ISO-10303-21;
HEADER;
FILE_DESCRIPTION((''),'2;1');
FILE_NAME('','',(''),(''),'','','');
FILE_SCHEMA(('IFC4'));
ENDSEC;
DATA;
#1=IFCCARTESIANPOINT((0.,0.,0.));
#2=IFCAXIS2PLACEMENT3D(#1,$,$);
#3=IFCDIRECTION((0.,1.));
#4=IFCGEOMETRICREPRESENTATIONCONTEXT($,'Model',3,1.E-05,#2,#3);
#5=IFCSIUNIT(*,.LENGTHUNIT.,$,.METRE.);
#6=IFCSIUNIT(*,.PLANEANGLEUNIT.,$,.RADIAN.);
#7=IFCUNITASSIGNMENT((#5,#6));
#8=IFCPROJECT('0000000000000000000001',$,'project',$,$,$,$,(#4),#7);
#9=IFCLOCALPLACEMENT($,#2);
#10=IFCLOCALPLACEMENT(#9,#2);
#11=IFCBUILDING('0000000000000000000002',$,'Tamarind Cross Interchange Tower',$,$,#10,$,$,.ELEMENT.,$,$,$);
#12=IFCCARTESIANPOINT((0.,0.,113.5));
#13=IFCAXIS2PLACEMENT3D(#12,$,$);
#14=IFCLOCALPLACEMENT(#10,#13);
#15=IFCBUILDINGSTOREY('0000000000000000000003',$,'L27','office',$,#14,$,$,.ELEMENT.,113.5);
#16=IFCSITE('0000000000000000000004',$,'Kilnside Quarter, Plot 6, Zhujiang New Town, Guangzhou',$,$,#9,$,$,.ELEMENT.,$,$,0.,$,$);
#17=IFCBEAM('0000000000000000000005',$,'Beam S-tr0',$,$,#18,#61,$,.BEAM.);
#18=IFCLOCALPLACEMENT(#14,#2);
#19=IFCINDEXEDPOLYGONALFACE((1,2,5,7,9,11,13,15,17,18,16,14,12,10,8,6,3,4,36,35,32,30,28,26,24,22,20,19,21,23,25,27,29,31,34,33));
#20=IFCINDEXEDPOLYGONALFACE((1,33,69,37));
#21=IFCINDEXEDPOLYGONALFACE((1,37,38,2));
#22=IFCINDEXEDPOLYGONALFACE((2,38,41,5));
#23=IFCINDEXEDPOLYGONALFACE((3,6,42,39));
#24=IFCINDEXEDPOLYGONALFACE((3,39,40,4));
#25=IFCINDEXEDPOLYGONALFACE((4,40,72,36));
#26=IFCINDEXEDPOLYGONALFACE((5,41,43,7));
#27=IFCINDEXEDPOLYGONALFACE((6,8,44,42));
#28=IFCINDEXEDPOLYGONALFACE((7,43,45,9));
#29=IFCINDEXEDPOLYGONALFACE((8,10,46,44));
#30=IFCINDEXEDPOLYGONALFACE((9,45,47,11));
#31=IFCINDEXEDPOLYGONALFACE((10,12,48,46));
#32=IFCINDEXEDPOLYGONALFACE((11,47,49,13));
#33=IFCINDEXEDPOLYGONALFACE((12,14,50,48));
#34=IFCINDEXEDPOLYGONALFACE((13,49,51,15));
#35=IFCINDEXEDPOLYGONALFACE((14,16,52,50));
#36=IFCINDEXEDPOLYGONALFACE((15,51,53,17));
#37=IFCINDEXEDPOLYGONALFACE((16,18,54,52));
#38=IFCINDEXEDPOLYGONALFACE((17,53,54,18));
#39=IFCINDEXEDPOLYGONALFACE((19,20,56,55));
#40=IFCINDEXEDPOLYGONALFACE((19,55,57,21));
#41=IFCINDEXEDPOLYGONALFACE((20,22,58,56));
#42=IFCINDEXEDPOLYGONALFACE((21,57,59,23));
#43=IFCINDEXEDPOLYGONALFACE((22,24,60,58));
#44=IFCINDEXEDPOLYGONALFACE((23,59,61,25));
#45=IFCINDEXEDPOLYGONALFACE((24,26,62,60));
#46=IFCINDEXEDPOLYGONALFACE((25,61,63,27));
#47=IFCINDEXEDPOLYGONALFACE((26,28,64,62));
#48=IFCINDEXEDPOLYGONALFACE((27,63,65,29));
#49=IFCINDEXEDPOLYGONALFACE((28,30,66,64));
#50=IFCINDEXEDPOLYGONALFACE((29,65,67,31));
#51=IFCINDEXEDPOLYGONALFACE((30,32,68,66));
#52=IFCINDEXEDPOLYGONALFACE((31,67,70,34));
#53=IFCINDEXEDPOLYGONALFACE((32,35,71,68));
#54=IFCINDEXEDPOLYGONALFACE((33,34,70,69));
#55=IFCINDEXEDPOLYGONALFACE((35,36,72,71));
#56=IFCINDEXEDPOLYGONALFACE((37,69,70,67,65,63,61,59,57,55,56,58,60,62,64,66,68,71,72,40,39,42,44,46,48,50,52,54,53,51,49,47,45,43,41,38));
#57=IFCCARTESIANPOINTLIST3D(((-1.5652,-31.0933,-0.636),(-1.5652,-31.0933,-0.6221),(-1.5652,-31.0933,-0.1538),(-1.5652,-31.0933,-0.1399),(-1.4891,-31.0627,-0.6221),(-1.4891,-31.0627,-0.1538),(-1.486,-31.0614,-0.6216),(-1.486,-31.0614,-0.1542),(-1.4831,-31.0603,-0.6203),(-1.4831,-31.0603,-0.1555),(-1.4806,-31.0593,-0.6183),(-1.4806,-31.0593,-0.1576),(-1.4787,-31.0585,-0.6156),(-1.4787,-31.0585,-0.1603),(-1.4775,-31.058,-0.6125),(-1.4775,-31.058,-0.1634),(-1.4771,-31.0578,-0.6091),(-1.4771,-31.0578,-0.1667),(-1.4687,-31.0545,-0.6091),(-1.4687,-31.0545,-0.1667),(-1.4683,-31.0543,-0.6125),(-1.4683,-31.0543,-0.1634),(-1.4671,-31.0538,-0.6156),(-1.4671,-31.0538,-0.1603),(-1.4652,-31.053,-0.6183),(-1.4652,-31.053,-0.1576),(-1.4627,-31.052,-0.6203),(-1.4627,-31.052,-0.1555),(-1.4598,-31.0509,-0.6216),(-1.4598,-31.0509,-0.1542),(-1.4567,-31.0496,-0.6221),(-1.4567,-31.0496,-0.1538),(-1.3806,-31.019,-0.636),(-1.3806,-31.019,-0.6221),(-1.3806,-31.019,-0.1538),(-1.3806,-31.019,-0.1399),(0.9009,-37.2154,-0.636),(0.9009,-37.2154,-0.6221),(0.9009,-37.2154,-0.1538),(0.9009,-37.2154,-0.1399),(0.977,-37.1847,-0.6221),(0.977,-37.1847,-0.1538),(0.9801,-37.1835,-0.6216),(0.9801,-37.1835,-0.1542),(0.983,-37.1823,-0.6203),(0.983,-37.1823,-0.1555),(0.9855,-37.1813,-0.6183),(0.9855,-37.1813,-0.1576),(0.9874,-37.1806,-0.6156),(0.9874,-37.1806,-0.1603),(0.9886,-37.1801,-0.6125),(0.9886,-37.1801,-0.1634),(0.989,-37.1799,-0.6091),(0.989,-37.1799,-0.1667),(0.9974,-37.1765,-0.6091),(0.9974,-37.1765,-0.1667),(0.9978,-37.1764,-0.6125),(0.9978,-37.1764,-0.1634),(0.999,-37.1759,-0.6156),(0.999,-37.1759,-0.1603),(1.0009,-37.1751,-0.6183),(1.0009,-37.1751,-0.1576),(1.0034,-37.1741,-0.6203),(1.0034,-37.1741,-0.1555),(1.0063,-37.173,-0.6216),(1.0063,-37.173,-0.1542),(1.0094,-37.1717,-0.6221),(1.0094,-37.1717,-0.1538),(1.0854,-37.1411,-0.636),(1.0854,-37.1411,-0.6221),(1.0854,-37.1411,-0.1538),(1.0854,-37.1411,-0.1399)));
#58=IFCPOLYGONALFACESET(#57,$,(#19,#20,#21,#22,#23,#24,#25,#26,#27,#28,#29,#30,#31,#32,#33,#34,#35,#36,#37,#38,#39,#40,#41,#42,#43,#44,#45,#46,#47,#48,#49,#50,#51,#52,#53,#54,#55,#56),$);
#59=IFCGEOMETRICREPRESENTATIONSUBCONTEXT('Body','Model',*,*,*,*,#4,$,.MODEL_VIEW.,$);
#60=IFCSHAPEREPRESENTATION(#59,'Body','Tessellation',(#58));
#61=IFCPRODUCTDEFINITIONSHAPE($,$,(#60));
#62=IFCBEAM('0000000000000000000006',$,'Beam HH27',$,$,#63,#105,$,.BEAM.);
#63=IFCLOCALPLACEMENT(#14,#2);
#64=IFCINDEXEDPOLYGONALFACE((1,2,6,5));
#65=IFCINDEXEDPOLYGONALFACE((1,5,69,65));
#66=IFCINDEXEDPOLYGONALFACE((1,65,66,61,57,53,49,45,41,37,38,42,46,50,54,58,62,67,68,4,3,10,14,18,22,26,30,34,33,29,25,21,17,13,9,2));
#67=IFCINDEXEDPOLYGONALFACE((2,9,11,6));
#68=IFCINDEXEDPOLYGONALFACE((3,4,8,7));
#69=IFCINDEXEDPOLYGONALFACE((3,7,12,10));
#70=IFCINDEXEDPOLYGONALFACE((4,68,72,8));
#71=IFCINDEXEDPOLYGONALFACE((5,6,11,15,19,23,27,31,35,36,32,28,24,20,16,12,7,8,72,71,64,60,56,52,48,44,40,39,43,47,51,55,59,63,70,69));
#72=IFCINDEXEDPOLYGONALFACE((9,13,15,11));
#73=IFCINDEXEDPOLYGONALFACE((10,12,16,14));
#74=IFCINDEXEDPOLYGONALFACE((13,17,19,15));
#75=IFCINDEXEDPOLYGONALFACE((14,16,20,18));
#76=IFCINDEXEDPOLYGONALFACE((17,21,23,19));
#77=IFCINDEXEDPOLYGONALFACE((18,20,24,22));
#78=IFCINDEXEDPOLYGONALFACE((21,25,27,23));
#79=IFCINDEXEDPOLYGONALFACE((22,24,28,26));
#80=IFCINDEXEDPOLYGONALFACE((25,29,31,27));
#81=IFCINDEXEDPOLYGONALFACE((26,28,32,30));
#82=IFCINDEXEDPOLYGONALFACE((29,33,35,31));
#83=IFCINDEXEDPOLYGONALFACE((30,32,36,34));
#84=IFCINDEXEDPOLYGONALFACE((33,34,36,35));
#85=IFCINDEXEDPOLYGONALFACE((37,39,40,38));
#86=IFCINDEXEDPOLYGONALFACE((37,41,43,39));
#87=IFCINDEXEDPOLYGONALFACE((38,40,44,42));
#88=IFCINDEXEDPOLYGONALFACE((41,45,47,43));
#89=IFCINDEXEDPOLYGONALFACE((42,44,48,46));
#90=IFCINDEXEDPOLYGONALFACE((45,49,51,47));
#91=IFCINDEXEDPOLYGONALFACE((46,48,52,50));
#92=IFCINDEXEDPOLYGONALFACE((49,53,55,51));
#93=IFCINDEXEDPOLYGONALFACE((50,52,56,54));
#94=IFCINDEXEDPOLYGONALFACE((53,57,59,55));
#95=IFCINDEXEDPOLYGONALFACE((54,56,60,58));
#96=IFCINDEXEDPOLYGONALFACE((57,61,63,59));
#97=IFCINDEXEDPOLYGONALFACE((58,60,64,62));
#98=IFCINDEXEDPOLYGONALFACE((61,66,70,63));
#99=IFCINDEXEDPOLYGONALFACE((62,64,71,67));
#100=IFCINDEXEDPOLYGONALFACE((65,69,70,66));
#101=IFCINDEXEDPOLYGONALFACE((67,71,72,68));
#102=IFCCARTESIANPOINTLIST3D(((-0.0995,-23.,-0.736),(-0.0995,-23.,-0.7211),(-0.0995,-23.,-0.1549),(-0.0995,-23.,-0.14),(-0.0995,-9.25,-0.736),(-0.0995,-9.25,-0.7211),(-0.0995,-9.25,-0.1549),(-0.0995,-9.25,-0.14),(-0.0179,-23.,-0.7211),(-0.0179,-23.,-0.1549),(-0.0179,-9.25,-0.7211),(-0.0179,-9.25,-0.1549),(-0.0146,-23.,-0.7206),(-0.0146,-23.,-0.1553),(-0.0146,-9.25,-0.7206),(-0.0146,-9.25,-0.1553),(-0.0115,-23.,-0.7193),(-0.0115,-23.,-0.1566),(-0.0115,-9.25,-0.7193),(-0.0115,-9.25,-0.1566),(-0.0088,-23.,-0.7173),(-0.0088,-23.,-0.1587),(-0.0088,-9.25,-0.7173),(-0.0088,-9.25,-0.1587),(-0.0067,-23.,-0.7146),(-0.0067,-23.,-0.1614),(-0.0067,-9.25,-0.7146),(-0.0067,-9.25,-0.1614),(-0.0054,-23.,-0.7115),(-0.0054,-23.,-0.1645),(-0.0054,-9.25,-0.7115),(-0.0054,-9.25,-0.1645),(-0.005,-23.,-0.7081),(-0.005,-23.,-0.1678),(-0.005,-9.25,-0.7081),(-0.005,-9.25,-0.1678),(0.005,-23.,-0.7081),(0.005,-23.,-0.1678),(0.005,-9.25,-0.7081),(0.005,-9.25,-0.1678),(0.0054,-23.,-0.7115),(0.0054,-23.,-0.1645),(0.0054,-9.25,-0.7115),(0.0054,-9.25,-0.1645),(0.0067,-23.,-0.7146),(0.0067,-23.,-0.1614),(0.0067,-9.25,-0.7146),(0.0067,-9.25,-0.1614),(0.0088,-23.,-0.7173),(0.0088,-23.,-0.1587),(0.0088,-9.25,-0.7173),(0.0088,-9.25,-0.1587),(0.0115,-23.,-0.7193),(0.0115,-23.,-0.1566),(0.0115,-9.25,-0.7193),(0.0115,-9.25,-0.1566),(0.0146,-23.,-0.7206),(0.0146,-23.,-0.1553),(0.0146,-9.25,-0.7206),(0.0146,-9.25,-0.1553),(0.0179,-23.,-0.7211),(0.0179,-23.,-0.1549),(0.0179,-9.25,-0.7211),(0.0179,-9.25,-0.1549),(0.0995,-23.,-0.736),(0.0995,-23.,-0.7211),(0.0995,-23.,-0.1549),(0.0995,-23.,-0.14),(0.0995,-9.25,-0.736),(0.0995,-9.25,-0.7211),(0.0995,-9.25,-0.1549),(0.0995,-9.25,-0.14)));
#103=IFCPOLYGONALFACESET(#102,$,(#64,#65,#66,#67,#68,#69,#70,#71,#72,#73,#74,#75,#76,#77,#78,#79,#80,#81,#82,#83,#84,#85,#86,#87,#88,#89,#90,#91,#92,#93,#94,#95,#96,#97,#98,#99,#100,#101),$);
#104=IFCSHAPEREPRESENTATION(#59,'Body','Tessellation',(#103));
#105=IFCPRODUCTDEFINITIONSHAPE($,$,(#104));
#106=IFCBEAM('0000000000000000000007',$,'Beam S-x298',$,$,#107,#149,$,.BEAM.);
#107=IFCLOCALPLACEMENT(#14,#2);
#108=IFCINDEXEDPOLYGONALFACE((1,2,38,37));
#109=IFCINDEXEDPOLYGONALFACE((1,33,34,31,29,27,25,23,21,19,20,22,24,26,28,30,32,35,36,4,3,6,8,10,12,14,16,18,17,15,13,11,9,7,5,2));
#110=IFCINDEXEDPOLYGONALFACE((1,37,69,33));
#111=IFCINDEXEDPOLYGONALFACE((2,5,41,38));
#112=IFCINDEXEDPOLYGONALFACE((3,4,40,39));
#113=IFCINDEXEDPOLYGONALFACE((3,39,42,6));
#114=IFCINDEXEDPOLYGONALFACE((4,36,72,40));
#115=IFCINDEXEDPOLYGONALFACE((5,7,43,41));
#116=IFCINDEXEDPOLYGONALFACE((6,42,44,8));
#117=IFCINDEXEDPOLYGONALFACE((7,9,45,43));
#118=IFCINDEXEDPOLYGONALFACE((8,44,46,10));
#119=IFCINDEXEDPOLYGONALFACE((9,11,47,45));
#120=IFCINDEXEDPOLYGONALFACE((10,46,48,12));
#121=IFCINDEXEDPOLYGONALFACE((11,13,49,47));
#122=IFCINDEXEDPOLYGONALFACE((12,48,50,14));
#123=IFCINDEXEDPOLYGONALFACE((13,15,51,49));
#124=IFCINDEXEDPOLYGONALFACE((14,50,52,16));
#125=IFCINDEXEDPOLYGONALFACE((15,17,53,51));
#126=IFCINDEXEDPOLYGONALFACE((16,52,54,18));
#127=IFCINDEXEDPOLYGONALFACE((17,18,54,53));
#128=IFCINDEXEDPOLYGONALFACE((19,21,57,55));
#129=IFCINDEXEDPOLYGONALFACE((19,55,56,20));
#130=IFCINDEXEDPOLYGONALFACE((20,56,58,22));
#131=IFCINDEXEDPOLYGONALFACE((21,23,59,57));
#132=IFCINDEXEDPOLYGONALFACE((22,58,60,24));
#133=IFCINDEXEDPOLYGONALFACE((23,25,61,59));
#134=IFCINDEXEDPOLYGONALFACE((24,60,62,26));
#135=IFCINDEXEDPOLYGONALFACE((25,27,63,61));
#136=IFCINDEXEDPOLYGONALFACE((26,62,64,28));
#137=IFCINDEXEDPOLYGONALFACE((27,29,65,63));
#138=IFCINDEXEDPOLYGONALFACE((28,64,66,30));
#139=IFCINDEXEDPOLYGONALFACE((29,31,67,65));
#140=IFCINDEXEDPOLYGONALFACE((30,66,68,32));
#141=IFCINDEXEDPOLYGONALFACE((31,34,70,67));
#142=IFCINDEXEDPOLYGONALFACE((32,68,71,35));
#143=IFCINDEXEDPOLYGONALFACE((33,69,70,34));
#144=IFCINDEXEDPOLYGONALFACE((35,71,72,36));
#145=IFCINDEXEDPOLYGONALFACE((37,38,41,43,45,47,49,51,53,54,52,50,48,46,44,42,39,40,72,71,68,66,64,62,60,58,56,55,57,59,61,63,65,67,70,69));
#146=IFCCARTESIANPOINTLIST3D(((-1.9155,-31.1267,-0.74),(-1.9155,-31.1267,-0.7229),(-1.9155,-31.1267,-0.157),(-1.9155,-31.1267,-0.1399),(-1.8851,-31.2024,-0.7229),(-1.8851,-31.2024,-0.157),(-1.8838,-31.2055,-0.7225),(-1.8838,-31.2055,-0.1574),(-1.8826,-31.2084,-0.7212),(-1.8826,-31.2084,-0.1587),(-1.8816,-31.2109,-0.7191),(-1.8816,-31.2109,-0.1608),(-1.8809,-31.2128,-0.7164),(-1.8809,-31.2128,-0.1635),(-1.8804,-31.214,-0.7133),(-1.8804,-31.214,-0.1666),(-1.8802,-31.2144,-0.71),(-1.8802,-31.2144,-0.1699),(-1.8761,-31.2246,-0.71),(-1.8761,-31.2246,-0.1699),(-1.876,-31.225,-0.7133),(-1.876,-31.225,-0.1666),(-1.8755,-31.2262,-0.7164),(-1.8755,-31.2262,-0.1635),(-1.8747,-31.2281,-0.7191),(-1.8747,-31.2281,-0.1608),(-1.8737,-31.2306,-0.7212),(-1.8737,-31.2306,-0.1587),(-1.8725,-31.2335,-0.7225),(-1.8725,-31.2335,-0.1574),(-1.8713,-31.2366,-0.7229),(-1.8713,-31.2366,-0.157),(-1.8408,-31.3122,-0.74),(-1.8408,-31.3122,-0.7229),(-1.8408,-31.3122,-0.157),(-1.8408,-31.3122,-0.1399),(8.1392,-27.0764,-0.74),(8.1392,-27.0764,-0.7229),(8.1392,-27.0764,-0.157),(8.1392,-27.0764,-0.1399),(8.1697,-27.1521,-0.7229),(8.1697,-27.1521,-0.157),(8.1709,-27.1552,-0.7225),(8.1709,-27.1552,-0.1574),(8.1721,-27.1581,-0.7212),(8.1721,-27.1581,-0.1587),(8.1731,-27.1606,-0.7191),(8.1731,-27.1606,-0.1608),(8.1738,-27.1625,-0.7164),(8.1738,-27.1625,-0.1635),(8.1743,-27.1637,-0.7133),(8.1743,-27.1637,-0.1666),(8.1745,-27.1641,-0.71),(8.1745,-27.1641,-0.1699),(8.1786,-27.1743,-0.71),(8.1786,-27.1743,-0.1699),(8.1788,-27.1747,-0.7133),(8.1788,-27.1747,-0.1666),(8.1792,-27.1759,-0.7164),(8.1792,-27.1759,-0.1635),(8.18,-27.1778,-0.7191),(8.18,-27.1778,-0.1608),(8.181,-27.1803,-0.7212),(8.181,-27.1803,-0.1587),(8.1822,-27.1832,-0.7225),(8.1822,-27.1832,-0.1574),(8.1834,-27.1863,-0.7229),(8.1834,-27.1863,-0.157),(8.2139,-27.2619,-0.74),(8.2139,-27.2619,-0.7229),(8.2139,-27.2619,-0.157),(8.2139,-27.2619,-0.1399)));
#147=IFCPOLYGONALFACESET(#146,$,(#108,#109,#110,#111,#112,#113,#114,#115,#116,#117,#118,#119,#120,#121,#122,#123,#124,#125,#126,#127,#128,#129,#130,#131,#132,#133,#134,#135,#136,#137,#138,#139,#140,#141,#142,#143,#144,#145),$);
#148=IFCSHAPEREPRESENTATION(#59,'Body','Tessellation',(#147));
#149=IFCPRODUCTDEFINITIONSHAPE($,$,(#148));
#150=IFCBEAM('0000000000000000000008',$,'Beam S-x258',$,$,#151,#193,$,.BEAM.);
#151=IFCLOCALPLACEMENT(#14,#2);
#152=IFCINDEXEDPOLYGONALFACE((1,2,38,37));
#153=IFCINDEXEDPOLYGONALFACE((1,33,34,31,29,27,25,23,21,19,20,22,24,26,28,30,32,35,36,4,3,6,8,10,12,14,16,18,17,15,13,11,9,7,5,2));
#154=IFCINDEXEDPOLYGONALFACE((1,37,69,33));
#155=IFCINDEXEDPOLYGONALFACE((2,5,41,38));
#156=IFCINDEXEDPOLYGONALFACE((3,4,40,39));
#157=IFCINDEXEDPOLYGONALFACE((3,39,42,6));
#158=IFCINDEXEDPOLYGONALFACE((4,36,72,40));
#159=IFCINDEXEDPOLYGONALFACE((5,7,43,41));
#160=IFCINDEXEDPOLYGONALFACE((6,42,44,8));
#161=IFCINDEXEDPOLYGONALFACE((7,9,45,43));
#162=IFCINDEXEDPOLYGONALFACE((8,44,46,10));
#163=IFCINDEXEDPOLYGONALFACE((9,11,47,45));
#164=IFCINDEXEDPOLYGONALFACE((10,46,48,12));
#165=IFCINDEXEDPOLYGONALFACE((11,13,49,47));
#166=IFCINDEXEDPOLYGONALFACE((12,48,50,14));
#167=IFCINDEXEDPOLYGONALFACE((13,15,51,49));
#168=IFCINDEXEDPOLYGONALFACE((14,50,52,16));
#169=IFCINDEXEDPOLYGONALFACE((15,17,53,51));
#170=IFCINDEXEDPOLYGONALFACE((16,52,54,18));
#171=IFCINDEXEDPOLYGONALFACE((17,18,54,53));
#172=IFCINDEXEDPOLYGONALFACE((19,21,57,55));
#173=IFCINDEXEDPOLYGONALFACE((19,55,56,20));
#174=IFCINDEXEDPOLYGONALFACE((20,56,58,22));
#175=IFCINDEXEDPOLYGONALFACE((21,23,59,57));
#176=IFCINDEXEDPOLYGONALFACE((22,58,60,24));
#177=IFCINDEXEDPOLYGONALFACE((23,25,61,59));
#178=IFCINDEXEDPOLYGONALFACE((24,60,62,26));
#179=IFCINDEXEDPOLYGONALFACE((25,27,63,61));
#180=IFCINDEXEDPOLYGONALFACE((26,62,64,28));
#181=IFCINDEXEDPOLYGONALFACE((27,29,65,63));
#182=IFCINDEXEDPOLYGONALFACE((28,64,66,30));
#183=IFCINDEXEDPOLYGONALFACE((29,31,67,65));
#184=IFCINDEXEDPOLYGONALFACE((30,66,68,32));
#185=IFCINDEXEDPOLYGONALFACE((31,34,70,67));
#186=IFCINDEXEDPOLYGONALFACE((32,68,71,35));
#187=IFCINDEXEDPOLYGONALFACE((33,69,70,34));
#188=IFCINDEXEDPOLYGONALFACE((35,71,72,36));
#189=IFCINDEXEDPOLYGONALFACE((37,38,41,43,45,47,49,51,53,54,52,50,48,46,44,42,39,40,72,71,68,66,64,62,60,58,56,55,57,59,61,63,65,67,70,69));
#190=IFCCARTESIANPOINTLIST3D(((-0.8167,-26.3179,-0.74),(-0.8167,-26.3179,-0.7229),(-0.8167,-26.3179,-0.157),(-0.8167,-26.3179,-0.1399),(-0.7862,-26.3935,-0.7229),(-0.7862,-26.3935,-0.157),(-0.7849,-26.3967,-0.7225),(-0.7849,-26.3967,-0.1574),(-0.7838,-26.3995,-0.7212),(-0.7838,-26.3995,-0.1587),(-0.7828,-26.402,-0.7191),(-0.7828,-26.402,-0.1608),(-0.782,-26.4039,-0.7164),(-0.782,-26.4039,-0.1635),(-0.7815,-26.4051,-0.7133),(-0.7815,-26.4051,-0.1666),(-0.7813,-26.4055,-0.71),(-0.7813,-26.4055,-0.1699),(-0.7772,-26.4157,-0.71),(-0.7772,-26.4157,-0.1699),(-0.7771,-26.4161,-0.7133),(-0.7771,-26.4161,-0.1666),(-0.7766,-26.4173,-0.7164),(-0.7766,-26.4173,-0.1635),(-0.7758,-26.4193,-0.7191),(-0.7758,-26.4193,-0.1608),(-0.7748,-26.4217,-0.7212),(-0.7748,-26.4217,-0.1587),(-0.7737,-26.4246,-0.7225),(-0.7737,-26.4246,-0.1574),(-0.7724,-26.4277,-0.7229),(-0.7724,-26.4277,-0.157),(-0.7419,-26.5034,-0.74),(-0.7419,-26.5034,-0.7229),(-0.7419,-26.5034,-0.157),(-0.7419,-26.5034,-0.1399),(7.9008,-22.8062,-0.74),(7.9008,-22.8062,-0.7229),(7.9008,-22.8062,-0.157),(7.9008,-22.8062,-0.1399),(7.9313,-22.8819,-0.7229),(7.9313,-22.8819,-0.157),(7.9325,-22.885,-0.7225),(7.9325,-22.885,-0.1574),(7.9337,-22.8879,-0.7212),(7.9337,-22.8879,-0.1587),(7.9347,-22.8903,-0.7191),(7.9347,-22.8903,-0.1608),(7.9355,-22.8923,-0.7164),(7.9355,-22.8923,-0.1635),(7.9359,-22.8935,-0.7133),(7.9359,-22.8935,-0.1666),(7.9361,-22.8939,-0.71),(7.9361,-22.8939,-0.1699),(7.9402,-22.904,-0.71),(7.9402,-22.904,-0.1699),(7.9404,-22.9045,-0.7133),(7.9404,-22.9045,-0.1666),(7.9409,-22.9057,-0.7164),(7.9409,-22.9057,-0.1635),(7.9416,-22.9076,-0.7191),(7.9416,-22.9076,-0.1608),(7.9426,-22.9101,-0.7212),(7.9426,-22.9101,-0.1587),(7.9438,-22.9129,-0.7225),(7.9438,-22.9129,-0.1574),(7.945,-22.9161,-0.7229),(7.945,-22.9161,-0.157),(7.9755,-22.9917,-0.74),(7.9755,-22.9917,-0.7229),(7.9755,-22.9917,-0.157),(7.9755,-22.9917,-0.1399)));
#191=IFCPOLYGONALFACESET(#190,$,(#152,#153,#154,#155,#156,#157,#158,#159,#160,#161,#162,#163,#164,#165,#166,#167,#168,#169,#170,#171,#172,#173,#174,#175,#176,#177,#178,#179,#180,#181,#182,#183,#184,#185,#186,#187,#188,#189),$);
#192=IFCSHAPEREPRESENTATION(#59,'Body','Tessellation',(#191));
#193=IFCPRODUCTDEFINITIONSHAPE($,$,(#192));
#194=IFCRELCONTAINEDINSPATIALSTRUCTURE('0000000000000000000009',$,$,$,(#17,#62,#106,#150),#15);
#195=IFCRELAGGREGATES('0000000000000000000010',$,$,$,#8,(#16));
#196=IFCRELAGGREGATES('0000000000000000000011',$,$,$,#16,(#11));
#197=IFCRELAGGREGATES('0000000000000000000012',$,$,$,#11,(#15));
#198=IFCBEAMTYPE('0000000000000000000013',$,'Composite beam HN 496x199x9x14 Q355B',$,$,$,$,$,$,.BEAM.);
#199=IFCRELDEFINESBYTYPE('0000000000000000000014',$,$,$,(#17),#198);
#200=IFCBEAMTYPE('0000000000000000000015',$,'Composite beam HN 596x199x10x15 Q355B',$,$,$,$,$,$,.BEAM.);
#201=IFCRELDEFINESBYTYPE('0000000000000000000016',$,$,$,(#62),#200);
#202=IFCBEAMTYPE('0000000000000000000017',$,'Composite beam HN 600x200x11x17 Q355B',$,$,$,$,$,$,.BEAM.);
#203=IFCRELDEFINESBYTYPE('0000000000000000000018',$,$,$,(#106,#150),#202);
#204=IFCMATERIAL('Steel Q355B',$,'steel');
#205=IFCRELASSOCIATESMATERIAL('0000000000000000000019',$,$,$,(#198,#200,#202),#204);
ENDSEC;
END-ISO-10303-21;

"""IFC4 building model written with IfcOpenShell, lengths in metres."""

from ifc_helpers import new_model, si_unit, direction, frame, origin, origin_2d, place, context, subcontext, project, spatial, i_section, extrude, material, material_profile, profile_set, type_object, element, save


model = new_model("IFC4")

# Units and contexts
model_context = context("Model", 3, precision=1e-05, world=origin(), true_north=direction((0.0, 1.0)))
body_context = subcontext(model_context, "Body", "Model", "MODEL_VIEW")
ifc_project = project(units=[si_unit("LENGTHUNIT", "METRE"), si_unit("PLANEANGLEUNIT", "RADIAN")], contexts=[model_context])

# Site, building, storey
site_placement = place(None, origin())
site = spatial("IfcSite", under=ifc_project, at=site_placement, Name="Kilnside Quarter, Plot 6, Zhujiang New Town, Guangzhou", CompositionType="ELEMENT", RefElevation=0.0)
building_placement = place(site_placement, origin())
building = spatial("IfcBuilding", under=site, at=building_placement, Name="Tamarind Cross Interchange Tower", CompositionType="ELEMENT")
storey_placement = place(building_placement, frame((0.0, 0.0, 113.5)))
storey = spatial("IfcBuildingStorey", under=building, at=storey_placement, Name="L27", Description="office", CompositionType="ELEMENT", Elevation=113.5)

# Beams
ifc_material_1 = material(Name="Steel Q355B", Category="steel")
ifc_material_profile_1 = material_profile(ifc_material_1, i_section(OverallWidth=0.199, OverallDepth=0.4961, WebThickness=0.009, FlangeThickness=0.0139, FilletRadius=0.0129, at=origin_2d()), Name="HN 496x199x9x14")
ifc_profile_set_1 = profile_set([ifc_material_profile_1], Name="Steel Q355B")
beam_type_1 = type_object("IfcBeamType", Name="Composite beam HN 496x199x9x14 Q355B", PredefinedType="BEAM", material=ifc_profile_set_1)
beam_1_placement = place(storey_placement, frame((-1.4729, -31.0562, -0.3879), z_axis=(0.373641, -0.927573, 0.0), x_axis=(0.927573, 0.373641, 0.0)))
element("IfcBeam", 1, at=beam_1_placement, inside=storey, type_object=beam_type_1, Name="Beam S-tr0", PredefinedType="BEAM", context=body_context, shape_type="SweptSolid", body=[
    extrude(i_section(OverallWidth=0.199, OverallDepth=0.4961, WebThickness=0.009, FlangeThickness=0.0139, FilletRadius=0.0129, at=origin_2d()), origin(), (0.0, 0.0, 1.0), 6.6001),
])
ifc_material_profile_2 = material_profile(ifc_material_1, i_section(OverallWidth=0.199, OverallDepth=0.5959, WebThickness=0.01, FlangeThickness=0.0149, FilletRadius=0.0129, at=origin_2d()), Name="HN 596x199x10x15")
ifc_profile_set_2 = profile_set([ifc_material_profile_2], Name="Steel Q355B")
beam_type_2 = type_object("IfcBeamType", Name="Composite beam HN 596x199x10x15 Q355B", PredefinedType="BEAM", material=ifc_profile_set_2)
beam_2_placement = place(storey_placement, frame((0.0, -23.0, -0.438), z_axis=(0.0, 1.0, 0.0), x_axis=(-1.0, 0.0, 0.0)))
element("IfcBeam", 2, at=beam_2_placement, inside=storey, type_object=beam_type_2, Name="Beam HH27", PredefinedType="BEAM", context=body_context, shape_type="SweptSolid", body=[
    extrude(i_section(OverallWidth=0.199, OverallDepth=0.5959, WebThickness=0.01, FlangeThickness=0.0149, FilletRadius=0.0129, at=origin_2d()), origin(), (0.0, 0.0, 1.0), 13.75),
])
ifc_material_profile_3 = material_profile(ifc_material_1, i_section(OverallWidth=0.2, OverallDepth=0.6001, WebThickness=0.011, FlangeThickness=0.0171, FilletRadius=0.0129, at=origin_2d()), Name="HN 600x200x11x17")
ifc_profile_set_3 = profile_set([ifc_material_profile_3], Name="Steel Q355B")
beam_type_3 = type_object("IfcBeamType", Name="Composite beam HN 600x200x11x17 Q355B", PredefinedType="BEAM", material=ifc_profile_set_3)
beam_3_placement = place(storey_placement, frame((-1.8782, -31.2195, -0.4399), z_axis=(0.92757, 0.37365, 0.0), x_axis=(-0.37365, 0.92757, 0.0)))
element("IfcBeam", 3, at=beam_3_placement, inside=storey, type_object=beam_type_3, Name="Beam S-x298", PredefinedType="BEAM", context=body_context, shape_type="SweptSolid", body=[
    extrude(i_section(OverallWidth=0.2, OverallDepth=0.6001, WebThickness=0.011, FlangeThickness=0.0171, FilletRadius=0.0129, at=origin_2d()), origin(), (0.0, 0.0, 1.0), 10.8398),
])
beam_4_placement = place(storey_placement, frame((-0.7793, -26.4106, -0.4399), z_axis=(0.927567, 0.373656, 0.0), x_axis=(-0.373656, 0.927567, 0.0)))
element("IfcBeam", 4, at=beam_4_placement, inside=storey, type_object=beam_type_3, Name="Beam S-x258", PredefinedType="BEAM", context=body_context, shape_type="SweptSolid", body=[
    extrude(i_section(OverallWidth=0.2, OverallDepth=0.6001, WebThickness=0.011, FlangeThickness=0.0171, FilletRadius=0.0129, at=origin_2d()), origin(), (0.0, 0.0, 1.0), 9.3982),
])

save(model, "model.ifc")
